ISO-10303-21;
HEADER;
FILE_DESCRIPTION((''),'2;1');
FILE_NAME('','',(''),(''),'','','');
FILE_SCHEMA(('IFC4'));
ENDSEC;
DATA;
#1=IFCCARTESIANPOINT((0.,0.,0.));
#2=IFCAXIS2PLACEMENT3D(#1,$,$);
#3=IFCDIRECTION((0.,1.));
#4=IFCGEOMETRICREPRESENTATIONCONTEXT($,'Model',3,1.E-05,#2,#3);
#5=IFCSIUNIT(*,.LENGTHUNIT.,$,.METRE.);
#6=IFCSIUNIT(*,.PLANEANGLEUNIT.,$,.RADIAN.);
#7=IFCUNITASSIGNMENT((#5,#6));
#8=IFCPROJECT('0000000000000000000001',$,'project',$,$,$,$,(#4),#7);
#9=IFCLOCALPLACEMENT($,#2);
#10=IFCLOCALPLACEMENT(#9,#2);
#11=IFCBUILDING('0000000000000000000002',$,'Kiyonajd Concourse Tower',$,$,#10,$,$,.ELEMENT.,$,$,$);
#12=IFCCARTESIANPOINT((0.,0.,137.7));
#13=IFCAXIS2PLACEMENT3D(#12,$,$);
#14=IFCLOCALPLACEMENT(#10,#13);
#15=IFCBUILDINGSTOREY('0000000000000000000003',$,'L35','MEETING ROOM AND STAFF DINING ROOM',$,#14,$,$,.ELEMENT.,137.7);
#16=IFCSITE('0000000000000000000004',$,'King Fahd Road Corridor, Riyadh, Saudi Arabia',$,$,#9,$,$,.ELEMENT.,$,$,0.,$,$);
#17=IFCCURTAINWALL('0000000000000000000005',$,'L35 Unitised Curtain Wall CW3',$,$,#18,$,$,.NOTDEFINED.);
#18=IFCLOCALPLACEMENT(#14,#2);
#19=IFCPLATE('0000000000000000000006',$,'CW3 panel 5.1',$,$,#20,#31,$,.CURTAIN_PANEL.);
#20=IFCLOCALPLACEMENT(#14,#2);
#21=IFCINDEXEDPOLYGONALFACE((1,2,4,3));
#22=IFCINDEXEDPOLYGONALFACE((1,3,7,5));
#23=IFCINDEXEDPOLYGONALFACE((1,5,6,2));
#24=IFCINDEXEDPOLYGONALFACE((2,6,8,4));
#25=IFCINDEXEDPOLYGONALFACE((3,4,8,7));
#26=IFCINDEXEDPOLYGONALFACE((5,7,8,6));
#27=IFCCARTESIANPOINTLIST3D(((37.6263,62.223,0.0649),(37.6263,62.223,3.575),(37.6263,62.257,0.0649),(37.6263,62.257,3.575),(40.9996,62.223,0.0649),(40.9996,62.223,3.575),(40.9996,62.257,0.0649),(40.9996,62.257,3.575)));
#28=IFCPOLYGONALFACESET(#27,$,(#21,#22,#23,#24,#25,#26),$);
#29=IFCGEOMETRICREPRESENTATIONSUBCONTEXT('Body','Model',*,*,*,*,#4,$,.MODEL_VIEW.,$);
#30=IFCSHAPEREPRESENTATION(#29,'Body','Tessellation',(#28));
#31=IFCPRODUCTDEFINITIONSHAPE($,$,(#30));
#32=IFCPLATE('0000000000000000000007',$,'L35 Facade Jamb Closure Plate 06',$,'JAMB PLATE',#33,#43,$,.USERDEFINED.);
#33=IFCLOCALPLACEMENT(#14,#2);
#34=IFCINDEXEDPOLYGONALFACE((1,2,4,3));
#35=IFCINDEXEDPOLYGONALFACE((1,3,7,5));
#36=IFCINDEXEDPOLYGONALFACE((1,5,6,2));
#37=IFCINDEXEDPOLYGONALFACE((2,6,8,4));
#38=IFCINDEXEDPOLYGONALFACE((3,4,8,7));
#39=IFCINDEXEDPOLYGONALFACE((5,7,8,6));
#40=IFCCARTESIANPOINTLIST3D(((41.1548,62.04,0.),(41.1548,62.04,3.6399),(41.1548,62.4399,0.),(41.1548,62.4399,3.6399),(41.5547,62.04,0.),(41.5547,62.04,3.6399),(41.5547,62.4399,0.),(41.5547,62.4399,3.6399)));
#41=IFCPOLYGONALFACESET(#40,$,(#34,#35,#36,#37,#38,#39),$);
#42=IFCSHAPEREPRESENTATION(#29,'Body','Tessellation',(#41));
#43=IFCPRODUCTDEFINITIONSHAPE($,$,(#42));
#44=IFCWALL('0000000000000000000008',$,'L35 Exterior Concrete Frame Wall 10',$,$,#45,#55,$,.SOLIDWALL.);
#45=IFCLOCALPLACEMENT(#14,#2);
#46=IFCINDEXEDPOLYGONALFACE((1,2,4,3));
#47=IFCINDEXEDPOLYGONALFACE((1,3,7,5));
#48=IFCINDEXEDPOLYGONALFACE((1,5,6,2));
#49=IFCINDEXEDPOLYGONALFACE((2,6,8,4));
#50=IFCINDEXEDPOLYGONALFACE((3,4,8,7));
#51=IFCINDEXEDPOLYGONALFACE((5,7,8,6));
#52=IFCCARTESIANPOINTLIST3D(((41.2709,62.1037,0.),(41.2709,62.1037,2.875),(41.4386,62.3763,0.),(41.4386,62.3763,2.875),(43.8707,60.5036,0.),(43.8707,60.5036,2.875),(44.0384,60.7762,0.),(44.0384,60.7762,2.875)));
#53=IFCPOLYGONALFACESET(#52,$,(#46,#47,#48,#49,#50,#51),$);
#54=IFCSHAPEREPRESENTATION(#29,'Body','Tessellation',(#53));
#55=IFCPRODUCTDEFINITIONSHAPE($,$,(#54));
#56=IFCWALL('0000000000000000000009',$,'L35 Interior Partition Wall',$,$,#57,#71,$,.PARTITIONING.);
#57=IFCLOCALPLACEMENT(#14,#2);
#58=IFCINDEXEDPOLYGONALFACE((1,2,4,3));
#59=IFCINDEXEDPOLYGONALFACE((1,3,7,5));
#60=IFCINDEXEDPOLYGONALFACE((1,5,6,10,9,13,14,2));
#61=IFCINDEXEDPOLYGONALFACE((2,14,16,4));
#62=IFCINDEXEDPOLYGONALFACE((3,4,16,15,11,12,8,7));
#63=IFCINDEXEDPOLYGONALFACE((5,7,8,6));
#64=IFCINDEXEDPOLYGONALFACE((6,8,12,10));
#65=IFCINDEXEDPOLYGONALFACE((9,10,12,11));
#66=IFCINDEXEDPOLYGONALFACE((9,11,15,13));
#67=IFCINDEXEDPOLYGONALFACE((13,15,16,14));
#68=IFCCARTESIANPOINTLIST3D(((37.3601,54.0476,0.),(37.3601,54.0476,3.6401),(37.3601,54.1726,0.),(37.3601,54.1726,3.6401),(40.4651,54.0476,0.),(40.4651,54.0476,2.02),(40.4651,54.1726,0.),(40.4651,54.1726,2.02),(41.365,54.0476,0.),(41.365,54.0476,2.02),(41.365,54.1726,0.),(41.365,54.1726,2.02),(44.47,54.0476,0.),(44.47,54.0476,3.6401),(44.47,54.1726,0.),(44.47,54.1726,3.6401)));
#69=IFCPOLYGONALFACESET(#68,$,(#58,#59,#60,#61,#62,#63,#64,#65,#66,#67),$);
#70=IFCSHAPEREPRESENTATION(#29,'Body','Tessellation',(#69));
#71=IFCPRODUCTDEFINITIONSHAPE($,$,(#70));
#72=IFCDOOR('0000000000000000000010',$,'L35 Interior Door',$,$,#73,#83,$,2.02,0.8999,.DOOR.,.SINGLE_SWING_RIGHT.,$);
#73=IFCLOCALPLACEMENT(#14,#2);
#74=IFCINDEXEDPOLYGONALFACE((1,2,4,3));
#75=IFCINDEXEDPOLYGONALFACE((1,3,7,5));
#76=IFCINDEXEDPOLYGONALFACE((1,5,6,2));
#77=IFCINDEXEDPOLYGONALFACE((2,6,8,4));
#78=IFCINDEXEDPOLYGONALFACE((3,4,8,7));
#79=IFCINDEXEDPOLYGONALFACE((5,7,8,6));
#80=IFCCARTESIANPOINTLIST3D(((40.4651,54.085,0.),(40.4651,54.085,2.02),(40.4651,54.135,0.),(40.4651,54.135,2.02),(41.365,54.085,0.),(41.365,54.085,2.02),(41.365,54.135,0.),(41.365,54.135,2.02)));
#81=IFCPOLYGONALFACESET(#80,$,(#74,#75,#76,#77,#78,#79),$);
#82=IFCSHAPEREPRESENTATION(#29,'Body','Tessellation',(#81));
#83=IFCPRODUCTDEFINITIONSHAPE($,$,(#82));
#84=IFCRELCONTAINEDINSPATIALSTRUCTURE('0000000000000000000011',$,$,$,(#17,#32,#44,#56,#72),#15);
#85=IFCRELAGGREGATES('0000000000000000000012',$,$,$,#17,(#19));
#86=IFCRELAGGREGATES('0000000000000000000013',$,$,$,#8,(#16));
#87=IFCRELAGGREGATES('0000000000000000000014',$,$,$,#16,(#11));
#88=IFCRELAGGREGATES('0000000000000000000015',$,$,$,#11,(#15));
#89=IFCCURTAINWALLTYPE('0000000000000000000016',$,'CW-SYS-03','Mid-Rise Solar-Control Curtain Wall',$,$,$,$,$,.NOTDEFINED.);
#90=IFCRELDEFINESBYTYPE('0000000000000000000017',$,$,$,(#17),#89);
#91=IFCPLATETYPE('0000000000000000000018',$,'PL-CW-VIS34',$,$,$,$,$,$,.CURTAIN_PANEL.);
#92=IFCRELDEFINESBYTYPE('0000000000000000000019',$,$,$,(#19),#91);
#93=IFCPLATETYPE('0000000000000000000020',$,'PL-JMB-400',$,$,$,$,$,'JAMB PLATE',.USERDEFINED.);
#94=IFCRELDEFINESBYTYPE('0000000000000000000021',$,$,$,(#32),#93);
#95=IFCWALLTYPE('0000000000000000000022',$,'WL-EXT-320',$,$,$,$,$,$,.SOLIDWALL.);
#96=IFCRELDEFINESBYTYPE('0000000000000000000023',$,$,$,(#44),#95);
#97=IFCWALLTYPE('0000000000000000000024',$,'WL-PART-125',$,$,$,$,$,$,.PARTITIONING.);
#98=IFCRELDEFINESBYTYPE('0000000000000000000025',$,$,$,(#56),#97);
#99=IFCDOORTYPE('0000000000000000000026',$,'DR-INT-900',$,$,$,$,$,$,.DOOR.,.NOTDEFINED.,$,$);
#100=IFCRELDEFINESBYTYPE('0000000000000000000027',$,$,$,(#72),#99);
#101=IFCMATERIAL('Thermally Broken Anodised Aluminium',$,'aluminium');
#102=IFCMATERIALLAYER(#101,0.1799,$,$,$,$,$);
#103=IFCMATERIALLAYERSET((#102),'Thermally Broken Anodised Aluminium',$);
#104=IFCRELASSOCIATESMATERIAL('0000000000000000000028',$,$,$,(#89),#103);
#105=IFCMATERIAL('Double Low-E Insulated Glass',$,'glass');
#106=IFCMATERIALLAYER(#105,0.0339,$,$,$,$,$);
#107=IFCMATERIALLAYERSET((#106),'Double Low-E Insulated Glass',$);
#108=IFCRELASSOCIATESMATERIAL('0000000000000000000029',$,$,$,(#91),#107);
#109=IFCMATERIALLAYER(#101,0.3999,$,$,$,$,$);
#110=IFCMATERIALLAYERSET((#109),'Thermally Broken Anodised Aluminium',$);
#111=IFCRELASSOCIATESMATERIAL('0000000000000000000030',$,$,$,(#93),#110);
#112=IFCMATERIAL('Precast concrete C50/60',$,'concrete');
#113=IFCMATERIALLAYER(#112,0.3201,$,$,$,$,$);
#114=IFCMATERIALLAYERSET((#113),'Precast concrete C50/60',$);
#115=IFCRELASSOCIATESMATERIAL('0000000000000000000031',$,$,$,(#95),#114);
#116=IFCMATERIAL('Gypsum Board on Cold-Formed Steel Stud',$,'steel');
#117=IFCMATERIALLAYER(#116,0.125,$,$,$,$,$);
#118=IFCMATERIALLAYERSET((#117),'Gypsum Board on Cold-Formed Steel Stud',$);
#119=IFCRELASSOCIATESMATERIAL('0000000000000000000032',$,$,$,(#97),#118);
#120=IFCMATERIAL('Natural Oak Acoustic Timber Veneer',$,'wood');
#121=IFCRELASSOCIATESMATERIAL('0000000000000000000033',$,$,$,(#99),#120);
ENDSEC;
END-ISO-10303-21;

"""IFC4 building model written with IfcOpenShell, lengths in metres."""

from ifc_helpers import new_model, si_unit, direction, frame, frame_2d, origin, origin_2d, place, context, subcontext, project, spatial, rectangle, extrude, material, layer, layer_set, type_object, element, fill, aggregate, save


model = new_model("IFC4")

# Units and contexts
model_context = context("Model", 3, precision=1e-05, world=origin(), true_north=direction((0.0, 1.0)))
body_context = subcontext(model_context, "Body", "Model", "MODEL_VIEW")
ifc_project = project(units=[si_unit("LENGTHUNIT", "METRE"), si_unit("PLANEANGLEUNIT", "RADIAN")], contexts=[model_context])

# Site, building, storey
site_placement = place(None, origin())
site = spatial("IfcSite", under=ifc_project, at=site_placement, Name="King Fahd Road Corridor, Riyadh, Saudi Arabia", CompositionType="ELEMENT", RefElevation=0.0)
building_placement = place(site_placement, origin())
building = spatial("IfcBuilding", under=site, at=building_placement, Name="Kiyonajd Concourse Tower", CompositionType="ELEMENT")
storey_placement = place(building_placement, frame((0.0, 0.0, 137.7)))
storey = spatial("IfcBuildingStorey", under=building, at=storey_placement, Name="L35", Description="MEETING ROOM AND STAFF DINING ROOM", CompositionType="ELEMENT", Elevation=137.7)

# Shared definitions
ifc_material_1 = material(Name="Precast concrete C50/60", Category="concrete")

# Curtain wall, plate
ifc_material_2 = material(Name="Thermally Broken Anodised Aluminium", Category="aluminium")
ifc_layer_1 = layer(ifc_material_2, 0.1799)
ifc_layer_set_1 = layer_set([ifc_layer_1], Name="Thermally Broken Anodised Aluminium")
curtain_wall_type = type_object("IfcCurtainWallType", Name="CW-SYS-03", Description="Mid-Rise Solar-Control Curtain Wall", PredefinedType="NOTDEFINED", material=ifc_layer_set_1)
curtain_wall_placement = place(storey_placement, origin())
curtain_wall = element("IfcCurtainWall", 1, at=curtain_wall_placement, inside=storey, type_object=curtain_wall_type, Name="L35 Unitised Curtain Wall CW3", PredefinedType="NOTDEFINED")
ifc_material_3 = material(Name="Double Low-E Insulated Glass", Category="glass")
ifc_layer_2 = layer(ifc_material_3, 0.0339)
ifc_layer_set_2 = layer_set([ifc_layer_2], Name="Double Low-E Insulated Glass")
plate_type_1 = type_object("IfcPlateType", Name="PL-CW-VIS34", PredefinedType="CURTAIN_PANEL", material=ifc_layer_set_2)
plate_1_placement = place(storey_placement, frame((39.313, 62.24, 0.0649), z_axis=(0.0, 0.0, 1.0), x_axis=(1.0, 0.0, 0.0)))
plate_1 = element("IfcPlate", 2, at=plate_1_placement, type_object=plate_type_1, Name="CW3 panel 5.1", PredefinedType="CURTAIN_PANEL", context=body_context, shape_type="SweptSolid", body=[
    extrude(rectangle(XDim=3.3733, YDim=0.0339, at=origin_2d()), origin(), (0.0, 0.0, 1.0), 3.51),
])
aggregate(curtain_wall, [plate_1])

# Plate
ifc_layer_3 = layer(ifc_material_2, 0.3999)
ifc_layer_set_3 = layer_set([ifc_layer_3], Name="Thermally Broken Anodised Aluminium")
plate_type_2 = type_object("IfcPlateType", Name="PL-JMB-400", ElementType="JAMB PLATE", PredefinedType="USERDEFINED", material=ifc_layer_set_3)
plate_2_placement = place(storey_placement, frame((41.3547, 62.24, 0.0), z_axis=(0.0, 0.0, 1.0), x_axis=(1.0, 0.0, 0.0)))
element("IfcPlate", 3, at=plate_2_placement, inside=storey, type_object=plate_type_2, Name="L35 Facade Jamb Closure Plate 06", ObjectType="JAMB PLATE", PredefinedType="USERDEFINED", context=body_context, shape_type="SweptSolid", body=[
    extrude(rectangle(XDim=0.3999, YDim=0.3999, at=origin_2d()), origin(), (0.0, 0.0, 1.0), 3.6399),
])

# Wall
ifc_layer_4 = layer(ifc_material_1, 0.3201)
ifc_layer_set_4 = layer_set([ifc_layer_4], Name="Precast concrete C50/60")
wall_type_1 = type_object("IfcWallType", Name="WL-EXT-320", PredefinedType="SOLIDWALL", material=ifc_layer_set_4)
wall_1_placement = place(storey_placement, frame((41.3547, 62.24, 0.0), z_axis=(0.0, 0.0, 1.0), x_axis=(0.851631, -0.524142, 0.0)))
element("IfcWall", 4, at=wall_1_placement, inside=storey, type_object=wall_type_1, Name="L35 Exterior Concrete Frame Wall 10", PredefinedType="SOLIDWALL", context=body_context, shape_type="SweptSolid", body=[
    extrude(rectangle(XDim=3.0527, YDim=0.3201, at=frame_2d((1.5264, 0.0))), origin(), (0.0, 0.0, 1.0), 2.875),
])

# Wall, opening, door
ifc_material_4 = material(Name="Gypsum Board on Cold-Formed Steel Stud", Category="steel")
ifc_layer_5 = layer(ifc_material_4, 0.125)
ifc_layer_set_5 = layer_set([ifc_layer_5], Name="Gypsum Board on Cold-Formed Steel Stud")
wall_type_2 = type_object("IfcWallType", Name="WL-PART-125", PredefinedType="PARTITIONING", material=ifc_layer_set_5)
wall_2_placement = place(storey_placement, frame((37.3601, 54.1101, 0.0), z_axis=(0.0, 0.0, 1.0), x_axis=(1.0, 0.0, 0.0)))
wall_2 = element("IfcWall", 5, at=wall_2_placement, inside=storey, type_object=wall_type_2, Name="L35 Interior Partition Wall", PredefinedType="PARTITIONING", context=body_context, shape_type="SweptSolid", body=[
    extrude(rectangle(XDim=7.1099, YDim=0.125, at=frame_2d((3.5549, 0.0))), origin(), (0.0, 0.0, 1.0), 3.6401),
])
opening_placement = place(wall_2_placement, frame((3.105, 0.0, 0.0)))
opening = element("IfcOpeningElement", 6, at=opening_placement, cuts=wall_2, PredefinedType="OPENING", context=body_context, shape_type="SweptSolid", body=[
    extrude(rectangle(XDim=0.8999, YDim=2.02, at=frame_2d((0.45, 1.01))), frame((0.0, 0.0725, 0.0), z_axis=(0.0, -1.0, 0.0), x_axis=(1.0, 0.0, 0.0)), (0.0, 0.0, 1.0), 0.145),
])
ifc_material_5 = material(Name="Natural Oak Acoustic Timber Veneer", Category="wood")
door_type = type_object("IfcDoorType", Name="DR-INT-900", OperationType="NOTDEFINED", PredefinedType="DOOR", material=ifc_material_5)
door_placement = place(opening_placement, origin())
door = element("IfcDoor", 7, at=door_placement, inside=storey, type_object=door_type, Name="L35 Interior Door", OperationType="SINGLE_SWING_RIGHT", OverallHeight=2.02, OverallWidth=0.8999, PredefinedType="DOOR", context=body_context, shape_type="SweptSolid", body=[
    extrude(rectangle(XDim=0.8999, YDim=2.02, at=frame_2d((0.45, 1.01))), frame((0.0, 0.0249, 0.0), z_axis=(0.0, -1.0, 0.0), x_axis=(1.0, 0.0, 0.0)), (0.0, 0.0, 1.0), 0.05),
])
fill(opening, door)

save(model, "model.ifc")
